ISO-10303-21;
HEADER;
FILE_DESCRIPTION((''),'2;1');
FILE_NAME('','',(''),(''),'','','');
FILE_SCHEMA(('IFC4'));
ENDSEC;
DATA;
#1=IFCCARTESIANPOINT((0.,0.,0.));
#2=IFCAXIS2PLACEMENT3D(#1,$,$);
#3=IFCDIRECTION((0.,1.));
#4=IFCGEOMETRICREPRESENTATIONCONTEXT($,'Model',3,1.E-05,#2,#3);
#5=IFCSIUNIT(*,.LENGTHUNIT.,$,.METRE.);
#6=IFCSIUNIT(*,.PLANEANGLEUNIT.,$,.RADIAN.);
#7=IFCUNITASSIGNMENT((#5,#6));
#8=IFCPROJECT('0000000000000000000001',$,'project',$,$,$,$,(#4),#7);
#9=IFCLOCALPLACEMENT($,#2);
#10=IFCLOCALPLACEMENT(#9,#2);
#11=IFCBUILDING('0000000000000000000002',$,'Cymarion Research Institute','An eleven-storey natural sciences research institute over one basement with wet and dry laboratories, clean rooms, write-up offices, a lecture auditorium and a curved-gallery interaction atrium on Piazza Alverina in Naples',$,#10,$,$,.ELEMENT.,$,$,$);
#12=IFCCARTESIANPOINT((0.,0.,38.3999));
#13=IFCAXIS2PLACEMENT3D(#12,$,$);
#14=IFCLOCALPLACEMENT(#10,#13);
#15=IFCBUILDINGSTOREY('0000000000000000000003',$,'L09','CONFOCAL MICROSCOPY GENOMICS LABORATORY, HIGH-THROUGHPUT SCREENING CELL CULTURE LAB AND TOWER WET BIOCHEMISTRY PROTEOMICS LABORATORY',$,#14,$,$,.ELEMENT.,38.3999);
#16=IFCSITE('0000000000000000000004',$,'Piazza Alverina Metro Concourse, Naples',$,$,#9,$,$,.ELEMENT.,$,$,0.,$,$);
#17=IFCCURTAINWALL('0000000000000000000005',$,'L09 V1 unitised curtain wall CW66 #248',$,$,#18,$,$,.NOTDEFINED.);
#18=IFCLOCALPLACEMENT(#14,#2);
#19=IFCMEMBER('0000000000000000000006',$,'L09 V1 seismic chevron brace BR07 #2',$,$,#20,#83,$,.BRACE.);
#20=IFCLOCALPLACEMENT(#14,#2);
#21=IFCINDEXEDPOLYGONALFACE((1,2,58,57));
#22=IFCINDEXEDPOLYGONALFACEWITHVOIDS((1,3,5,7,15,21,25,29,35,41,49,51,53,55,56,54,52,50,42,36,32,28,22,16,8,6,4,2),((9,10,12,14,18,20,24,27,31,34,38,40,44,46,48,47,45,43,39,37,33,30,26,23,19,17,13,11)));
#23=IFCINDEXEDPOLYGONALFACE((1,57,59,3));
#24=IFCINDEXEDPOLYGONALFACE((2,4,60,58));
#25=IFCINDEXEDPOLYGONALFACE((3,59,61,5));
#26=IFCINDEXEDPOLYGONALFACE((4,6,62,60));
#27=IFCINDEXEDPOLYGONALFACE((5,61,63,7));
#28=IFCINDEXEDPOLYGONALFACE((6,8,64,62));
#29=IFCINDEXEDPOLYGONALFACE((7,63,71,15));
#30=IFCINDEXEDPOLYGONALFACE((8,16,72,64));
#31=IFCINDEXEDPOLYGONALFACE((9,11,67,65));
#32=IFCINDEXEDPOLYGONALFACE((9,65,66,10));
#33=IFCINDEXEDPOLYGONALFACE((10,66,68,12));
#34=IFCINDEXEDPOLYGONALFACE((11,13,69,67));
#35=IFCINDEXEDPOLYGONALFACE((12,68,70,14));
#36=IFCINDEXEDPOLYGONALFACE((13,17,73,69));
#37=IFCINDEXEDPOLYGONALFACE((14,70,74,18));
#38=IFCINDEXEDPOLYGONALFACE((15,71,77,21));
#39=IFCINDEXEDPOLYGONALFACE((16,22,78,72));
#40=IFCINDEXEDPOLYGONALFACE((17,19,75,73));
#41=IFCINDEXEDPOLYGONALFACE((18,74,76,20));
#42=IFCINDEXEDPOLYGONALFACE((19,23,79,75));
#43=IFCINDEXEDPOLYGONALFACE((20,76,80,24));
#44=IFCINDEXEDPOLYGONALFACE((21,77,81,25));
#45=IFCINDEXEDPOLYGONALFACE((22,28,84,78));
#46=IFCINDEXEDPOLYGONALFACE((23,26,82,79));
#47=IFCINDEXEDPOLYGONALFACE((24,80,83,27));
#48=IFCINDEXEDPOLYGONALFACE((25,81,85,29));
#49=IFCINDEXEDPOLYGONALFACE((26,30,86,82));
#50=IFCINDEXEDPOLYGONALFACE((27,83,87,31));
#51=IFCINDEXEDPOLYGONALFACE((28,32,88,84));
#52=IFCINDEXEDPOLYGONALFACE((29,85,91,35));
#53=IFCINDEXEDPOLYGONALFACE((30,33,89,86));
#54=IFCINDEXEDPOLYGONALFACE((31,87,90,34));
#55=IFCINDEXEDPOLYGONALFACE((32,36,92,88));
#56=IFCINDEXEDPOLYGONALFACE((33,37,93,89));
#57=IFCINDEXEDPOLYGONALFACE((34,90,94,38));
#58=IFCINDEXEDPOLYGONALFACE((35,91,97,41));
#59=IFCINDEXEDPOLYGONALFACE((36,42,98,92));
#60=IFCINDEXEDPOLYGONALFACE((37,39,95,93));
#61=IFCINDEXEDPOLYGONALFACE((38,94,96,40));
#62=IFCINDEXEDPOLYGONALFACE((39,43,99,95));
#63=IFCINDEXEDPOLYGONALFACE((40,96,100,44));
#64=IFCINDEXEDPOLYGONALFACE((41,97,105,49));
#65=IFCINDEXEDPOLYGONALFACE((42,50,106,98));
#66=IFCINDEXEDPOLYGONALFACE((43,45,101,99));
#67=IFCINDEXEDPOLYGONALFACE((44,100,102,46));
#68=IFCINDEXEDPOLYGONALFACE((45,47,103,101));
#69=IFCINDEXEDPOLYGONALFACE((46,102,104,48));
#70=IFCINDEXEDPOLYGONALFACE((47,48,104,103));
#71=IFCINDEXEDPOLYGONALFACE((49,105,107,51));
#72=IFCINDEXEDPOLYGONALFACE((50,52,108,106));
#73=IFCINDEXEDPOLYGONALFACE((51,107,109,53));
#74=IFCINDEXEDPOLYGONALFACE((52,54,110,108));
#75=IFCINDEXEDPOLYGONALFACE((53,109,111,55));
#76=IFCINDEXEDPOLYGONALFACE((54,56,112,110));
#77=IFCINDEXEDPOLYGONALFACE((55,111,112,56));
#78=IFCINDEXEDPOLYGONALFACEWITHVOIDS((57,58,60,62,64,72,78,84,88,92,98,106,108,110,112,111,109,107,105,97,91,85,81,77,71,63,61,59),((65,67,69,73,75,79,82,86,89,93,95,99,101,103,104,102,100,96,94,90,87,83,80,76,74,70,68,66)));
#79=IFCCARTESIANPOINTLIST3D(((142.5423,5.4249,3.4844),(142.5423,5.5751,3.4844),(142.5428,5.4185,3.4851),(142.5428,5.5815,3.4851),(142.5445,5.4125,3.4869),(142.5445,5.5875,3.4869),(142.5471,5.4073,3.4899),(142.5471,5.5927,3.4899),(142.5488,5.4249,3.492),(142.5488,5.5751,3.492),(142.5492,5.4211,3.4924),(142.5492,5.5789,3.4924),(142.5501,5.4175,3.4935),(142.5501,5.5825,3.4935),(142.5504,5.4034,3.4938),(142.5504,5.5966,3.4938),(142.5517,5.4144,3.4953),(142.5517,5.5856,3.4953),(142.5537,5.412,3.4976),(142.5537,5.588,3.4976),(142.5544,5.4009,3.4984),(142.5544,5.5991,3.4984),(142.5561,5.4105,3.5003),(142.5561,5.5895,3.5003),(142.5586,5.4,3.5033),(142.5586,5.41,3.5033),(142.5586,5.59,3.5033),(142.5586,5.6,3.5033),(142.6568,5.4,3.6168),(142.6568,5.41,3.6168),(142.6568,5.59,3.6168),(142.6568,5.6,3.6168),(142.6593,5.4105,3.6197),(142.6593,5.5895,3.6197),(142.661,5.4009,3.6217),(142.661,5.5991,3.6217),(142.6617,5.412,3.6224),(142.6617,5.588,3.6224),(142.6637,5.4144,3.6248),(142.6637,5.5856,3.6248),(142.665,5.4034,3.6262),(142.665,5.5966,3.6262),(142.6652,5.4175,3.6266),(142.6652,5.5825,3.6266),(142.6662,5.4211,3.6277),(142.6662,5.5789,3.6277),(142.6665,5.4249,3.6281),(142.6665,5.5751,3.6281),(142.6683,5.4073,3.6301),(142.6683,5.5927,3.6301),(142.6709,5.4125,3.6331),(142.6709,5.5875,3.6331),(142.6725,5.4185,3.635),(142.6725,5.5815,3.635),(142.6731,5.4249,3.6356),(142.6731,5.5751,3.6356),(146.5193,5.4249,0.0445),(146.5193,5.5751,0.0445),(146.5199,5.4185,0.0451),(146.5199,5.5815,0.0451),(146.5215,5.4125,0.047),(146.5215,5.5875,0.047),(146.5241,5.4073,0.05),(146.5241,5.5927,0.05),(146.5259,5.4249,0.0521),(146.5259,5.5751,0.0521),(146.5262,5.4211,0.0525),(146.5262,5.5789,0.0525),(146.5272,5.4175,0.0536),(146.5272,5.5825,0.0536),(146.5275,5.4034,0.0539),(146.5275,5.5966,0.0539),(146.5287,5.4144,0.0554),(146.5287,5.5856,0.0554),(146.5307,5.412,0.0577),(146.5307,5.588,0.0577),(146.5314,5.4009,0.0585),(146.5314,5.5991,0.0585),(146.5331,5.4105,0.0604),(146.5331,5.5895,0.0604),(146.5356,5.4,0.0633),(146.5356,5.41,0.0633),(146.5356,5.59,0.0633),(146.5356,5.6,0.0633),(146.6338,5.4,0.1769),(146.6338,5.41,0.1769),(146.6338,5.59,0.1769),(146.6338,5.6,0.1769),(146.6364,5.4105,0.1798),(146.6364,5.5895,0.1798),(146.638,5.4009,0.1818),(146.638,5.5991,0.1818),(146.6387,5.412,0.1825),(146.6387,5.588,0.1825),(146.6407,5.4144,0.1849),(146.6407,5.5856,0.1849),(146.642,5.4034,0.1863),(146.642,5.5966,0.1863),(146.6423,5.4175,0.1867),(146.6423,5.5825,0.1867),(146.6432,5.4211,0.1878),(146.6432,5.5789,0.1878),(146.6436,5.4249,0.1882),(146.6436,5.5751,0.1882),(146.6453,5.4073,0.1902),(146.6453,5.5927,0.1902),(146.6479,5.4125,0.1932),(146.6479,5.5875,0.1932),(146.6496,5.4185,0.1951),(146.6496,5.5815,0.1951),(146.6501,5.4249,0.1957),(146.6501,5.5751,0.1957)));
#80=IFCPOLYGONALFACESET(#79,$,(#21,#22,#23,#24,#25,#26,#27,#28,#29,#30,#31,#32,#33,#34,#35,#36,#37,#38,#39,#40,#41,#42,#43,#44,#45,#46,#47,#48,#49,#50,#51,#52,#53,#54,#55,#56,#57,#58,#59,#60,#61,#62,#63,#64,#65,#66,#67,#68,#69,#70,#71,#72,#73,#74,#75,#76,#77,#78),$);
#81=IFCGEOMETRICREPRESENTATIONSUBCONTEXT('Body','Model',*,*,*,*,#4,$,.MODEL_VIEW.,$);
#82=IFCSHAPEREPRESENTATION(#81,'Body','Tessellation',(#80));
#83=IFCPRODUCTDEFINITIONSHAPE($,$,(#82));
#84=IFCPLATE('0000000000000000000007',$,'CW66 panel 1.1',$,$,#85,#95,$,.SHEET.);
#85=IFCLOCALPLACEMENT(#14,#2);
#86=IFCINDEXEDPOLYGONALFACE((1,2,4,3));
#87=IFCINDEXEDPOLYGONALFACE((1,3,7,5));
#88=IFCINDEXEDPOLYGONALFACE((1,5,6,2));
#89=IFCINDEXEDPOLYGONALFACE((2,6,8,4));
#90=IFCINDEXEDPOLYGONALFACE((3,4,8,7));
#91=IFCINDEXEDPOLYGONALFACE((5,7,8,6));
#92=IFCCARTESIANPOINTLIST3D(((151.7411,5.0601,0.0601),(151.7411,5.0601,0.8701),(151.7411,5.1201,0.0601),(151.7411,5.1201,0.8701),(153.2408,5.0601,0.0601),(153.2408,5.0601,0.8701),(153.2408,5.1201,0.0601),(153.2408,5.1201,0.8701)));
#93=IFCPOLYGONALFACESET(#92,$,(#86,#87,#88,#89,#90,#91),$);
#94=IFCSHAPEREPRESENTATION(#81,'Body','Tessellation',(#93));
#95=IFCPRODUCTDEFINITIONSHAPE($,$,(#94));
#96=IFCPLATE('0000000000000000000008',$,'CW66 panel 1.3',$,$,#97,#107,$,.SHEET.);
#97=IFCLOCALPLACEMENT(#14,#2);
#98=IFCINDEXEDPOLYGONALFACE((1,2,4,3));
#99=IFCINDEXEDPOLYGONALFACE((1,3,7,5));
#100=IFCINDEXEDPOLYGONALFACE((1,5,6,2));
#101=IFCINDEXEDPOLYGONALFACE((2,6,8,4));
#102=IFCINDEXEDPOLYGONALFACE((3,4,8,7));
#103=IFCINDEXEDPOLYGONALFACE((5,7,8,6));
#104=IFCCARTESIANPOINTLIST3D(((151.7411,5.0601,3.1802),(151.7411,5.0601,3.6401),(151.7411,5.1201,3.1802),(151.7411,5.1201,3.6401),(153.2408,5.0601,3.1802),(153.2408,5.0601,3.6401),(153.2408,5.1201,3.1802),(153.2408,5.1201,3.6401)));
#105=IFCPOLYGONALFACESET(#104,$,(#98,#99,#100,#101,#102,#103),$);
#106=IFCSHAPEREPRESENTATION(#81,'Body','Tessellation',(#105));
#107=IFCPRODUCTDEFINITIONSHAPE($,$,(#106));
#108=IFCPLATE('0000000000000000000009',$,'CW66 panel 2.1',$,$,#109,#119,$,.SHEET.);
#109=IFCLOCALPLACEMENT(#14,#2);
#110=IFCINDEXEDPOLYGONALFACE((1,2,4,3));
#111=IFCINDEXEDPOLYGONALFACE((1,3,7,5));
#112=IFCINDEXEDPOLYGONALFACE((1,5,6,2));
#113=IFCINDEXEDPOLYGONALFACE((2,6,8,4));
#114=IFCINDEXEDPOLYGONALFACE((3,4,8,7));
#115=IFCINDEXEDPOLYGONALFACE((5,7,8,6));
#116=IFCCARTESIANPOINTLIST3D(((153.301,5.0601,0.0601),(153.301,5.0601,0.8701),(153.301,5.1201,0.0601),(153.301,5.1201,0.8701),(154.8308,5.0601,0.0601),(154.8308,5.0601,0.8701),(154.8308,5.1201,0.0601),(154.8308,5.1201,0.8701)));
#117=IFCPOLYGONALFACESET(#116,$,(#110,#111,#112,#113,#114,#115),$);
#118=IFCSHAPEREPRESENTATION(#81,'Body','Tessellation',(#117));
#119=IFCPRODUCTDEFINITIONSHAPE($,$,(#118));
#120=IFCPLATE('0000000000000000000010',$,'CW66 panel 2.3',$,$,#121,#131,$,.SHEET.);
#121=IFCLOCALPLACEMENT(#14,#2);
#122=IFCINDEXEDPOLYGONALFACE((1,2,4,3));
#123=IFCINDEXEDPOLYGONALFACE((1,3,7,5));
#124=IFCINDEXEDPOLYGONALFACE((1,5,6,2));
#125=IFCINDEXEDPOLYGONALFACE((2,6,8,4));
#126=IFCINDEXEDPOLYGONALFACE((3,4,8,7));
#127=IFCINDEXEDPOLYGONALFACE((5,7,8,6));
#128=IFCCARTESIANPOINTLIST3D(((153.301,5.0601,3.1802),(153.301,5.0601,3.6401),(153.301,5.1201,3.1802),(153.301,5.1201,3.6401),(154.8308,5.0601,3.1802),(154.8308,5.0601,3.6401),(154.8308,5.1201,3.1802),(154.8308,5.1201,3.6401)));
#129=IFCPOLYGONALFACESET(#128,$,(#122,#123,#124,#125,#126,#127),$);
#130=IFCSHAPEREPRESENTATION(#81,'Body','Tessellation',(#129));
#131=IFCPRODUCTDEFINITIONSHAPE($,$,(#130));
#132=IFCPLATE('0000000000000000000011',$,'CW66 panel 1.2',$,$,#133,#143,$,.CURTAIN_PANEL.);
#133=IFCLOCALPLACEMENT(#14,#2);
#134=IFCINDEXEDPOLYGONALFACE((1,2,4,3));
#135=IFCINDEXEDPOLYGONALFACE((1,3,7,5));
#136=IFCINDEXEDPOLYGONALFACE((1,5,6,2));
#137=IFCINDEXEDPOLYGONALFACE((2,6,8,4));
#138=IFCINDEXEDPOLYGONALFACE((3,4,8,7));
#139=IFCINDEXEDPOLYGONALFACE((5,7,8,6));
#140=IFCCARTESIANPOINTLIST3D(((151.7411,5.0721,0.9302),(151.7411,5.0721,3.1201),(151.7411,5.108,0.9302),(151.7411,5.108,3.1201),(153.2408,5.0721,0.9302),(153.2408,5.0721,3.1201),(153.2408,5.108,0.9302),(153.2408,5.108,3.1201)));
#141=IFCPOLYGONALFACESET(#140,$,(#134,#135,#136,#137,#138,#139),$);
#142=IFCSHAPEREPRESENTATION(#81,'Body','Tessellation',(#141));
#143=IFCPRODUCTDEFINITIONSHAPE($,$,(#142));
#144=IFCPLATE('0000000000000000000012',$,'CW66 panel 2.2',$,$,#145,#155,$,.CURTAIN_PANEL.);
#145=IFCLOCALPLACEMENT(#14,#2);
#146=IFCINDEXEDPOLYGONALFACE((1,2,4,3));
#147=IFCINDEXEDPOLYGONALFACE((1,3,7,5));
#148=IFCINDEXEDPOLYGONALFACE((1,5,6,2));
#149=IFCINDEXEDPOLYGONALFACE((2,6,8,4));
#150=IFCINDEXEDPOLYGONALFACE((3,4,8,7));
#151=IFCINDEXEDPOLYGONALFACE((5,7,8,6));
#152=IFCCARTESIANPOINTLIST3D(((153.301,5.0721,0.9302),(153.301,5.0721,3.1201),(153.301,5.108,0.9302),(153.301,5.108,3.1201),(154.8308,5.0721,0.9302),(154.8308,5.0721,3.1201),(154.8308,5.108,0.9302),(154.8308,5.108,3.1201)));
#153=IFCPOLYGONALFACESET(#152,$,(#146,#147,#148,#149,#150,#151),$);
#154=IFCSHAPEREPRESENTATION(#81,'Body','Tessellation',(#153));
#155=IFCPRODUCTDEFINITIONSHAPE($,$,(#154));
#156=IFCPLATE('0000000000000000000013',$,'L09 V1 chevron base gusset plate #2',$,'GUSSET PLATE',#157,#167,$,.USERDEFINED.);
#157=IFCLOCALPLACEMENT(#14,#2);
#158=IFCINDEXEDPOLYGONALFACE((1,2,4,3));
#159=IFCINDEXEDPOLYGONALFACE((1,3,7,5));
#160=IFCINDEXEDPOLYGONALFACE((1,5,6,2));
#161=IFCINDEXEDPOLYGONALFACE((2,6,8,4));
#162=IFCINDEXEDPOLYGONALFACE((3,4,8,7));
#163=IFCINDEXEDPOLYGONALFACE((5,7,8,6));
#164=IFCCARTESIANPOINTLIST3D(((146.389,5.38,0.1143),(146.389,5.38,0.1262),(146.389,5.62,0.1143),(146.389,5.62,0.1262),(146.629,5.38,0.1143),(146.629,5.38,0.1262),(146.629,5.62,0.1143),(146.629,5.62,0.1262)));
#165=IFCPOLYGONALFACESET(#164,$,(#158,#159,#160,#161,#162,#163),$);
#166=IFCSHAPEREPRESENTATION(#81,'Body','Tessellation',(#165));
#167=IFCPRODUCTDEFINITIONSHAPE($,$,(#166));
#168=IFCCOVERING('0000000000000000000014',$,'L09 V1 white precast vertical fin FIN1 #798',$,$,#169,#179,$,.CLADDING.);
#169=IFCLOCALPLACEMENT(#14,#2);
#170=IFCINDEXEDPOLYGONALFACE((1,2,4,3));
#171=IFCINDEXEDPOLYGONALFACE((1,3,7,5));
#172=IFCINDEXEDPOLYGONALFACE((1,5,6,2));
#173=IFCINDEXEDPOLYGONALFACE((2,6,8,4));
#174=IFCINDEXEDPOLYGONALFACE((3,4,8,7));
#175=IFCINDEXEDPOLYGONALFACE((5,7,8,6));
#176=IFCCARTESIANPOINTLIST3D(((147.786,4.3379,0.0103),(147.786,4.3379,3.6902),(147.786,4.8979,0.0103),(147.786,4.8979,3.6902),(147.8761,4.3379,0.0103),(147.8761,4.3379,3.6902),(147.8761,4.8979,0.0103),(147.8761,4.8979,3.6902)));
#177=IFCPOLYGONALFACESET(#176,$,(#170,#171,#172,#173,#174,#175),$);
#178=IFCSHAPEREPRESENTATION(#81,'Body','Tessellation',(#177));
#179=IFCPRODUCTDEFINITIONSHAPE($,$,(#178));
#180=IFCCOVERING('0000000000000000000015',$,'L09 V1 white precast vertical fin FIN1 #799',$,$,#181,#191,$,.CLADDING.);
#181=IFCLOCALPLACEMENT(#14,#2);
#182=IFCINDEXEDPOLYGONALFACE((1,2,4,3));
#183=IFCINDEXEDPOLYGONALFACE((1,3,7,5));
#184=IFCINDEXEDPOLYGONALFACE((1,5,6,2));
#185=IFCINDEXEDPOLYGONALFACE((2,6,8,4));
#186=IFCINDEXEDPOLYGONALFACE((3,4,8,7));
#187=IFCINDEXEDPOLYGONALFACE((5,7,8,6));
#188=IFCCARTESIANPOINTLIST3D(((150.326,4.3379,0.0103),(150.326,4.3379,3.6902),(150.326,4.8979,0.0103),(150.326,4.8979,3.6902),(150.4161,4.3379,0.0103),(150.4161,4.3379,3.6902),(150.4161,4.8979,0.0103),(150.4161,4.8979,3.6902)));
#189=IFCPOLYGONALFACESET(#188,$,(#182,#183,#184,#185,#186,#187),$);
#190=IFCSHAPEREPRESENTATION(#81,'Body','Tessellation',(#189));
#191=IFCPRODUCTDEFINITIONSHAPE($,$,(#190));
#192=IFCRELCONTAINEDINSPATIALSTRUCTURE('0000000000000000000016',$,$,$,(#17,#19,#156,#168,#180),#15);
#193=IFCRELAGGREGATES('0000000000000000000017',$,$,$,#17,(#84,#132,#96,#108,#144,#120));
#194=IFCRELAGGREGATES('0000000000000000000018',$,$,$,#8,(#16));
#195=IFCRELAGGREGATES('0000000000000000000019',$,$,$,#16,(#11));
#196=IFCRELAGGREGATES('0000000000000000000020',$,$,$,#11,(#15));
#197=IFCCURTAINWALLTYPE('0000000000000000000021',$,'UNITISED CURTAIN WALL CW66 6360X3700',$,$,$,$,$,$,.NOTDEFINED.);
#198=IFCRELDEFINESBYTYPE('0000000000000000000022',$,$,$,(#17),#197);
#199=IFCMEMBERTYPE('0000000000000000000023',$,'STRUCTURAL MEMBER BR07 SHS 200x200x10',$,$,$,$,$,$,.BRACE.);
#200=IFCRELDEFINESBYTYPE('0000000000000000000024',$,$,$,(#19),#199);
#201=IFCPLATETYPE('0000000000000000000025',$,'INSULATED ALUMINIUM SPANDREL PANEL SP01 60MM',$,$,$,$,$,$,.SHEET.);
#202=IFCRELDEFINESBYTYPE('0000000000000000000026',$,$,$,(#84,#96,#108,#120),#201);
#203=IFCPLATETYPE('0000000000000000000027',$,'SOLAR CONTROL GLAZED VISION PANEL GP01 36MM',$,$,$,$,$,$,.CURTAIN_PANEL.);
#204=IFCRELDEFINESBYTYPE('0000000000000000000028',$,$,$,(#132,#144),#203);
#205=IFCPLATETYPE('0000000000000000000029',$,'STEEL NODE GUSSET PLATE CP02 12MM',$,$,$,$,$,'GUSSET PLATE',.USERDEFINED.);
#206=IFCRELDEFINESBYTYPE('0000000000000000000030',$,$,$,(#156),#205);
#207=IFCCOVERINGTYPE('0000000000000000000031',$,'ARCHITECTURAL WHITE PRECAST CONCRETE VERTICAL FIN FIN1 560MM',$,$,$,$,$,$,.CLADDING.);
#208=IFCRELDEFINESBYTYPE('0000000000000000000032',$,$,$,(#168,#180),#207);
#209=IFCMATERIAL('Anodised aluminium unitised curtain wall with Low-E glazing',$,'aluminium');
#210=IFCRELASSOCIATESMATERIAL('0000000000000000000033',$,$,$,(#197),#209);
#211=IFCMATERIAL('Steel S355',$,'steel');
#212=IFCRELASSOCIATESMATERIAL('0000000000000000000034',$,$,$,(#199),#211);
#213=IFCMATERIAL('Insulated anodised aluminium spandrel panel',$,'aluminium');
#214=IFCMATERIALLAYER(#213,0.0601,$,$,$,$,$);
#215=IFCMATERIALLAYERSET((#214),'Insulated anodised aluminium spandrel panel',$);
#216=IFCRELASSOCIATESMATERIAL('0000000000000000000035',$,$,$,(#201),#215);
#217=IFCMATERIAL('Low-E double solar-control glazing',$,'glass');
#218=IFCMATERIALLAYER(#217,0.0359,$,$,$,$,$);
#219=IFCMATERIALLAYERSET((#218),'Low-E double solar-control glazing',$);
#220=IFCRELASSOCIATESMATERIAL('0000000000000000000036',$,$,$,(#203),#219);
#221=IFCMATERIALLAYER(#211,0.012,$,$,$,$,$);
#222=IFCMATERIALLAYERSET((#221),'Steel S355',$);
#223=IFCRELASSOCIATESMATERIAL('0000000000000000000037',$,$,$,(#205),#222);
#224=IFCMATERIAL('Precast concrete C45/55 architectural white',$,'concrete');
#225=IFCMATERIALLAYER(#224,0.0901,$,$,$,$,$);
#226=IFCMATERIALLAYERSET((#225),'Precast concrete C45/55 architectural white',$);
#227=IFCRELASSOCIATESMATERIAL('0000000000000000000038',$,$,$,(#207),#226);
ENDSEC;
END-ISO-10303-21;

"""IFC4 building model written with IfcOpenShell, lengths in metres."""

from ifc_helpers import new_model, si_unit, direction, frame, origin, origin_2d, place, context, subcontext, project, spatial, rectangle, hollow_rectangle, extrude, material, layer, layer_set, material_profile, profile_set, type_object, element, aggregate, save


model = new_model("IFC4")

# Units and contexts
model_context = context("Model", 3, precision=1e-05, world=origin(), true_north=direction((0.0, 1.0)))
body_context = subcontext(model_context, "Body", "Model", "MODEL_VIEW")
ifc_project = project(units=[si_unit("LENGTHUNIT", "METRE"), si_unit("PLANEANGLEUNIT", "RADIAN")], contexts=[model_context])

# Site, building, storey
site_placement = place(None, origin())
site = spatial("IfcSite", under=ifc_project, at=site_placement, Name="Piazza Alverina Metro Concourse, Naples", CompositionType="ELEMENT", RefElevation=0.0)
building_placement = place(site_placement, origin())
building = spatial("IfcBuilding", under=site, at=building_placement, Name="Cymarion Research Institute", Description="An eleven-storey natural sciences research institute over one basement with wet and dry laboratories, clean rooms, write-up offices, a lecture auditorium and a curved-gallery interaction atrium on Piazza Alverina in Naples", CompositionType="ELEMENT")
storey_placement = place(building_placement, frame((0.0, 0.0, 38.3999)))
storey = spatial("IfcBuildingStorey", under=building, at=storey_placement, Name="L09", Description="CONFOCAL MICROSCOPY GENOMICS LABORATORY, HIGH-THROUGHPUT SCREENING CELL CULTURE LAB AND TOWER WET BIOCHEMISTRY PROTEOMICS LABORATORY", CompositionType="ELEMENT", Elevation=38.3999)

# Shared definitions
ifc_material_1 = material(Name="Steel S355", Category="steel")

# Curtain wall
ifc_material_2 = material(Name="Anodised aluminium unitised curtain wall with Low-E glazing", Category="aluminium")
curtain_wall_type = type_object("IfcCurtainWallType", Name="UNITISED CURTAIN WALL CW66 6360X3700", PredefinedType="NOTDEFINED", material=ifc_material_2)
curtain_wall_placement = place(storey_placement, origin())
curtain_wall = element("IfcCurtainWall", 1, at=curtain_wall_placement, inside=storey, type_object=curtain_wall_type, Name="L09 V1 unitised curtain wall CW66 #248", PredefinedType="NOTDEFINED")

# Member
ifc_material_profile_1 = material_profile(ifc_material_1, hollow_rectangle(XDim=0.2, YDim=0.2, WallThickness=0.01, InnerFilletRadius=0.0149, OuterFilletRadius=0.0249, at=origin_2d()), Name="SHS 200x200x10")
ifc_profile_set_1 = profile_set([ifc_material_profile_1], Name="Steel S355")
member_type_1 = type_object("IfcMemberType", Name="STRUCTURAL MEMBER BR07 SHS 200x200x10", PredefinedType="BRACE", material=ifc_profile_set_1)
member_1_placement = place(storey_placement, frame((146.5847, 5.5, 0.1201), z_axis=(-0.756332, 0.0, 0.654188), x_axis=(0.0, -1.0, 0.0)))
element("IfcMember", 2, at=member_1_placement, inside=storey, type_object=member_type_1, Name="L09 V1 seismic chevron brace BR07 #2", PredefinedType="BRACE", context=body_context, shape_type="SweptSolid", body=[
    extrude(hollow_rectangle(XDim=0.2, YDim=0.2, WallThickness=0.01, InnerFilletRadius=0.0149, OuterFilletRadius=0.0249, at=origin_2d()), origin(), (0.0, 0.0, 1.0), 5.2583),
])

# Plates
ifc_material_3 = material(Name="Insulated anodised aluminium spandrel panel", Category="aluminium")
ifc_layer_1 = layer(ifc_material_3, 0.0601)
ifc_layer_set_1 = layer_set([ifc_layer_1], Name="Insulated anodised aluminium spandrel panel")
plate_type_1 = type_object("IfcPlateType", Name="INSULATED ALUMINIUM SPANDREL PANEL SP01 60MM", PredefinedType="SHEET", material=ifc_layer_set_1)
plate_1_placement = place(storey_placement, frame((152.491, 5.0901, 0.0601), z_axis=(0.0, 0.0, 1.0), x_axis=(1.0, 0.0, 0.0)))
plate_1 = element("IfcPlate", 3, at=plate_1_placement, type_object=plate_type_1, Name="CW66 panel 1.1", PredefinedType="SHEET", context=body_context, shape_type="SweptSolid", body=[
    extrude(rectangle(XDim=1.4998, YDim=0.0601, at=origin_2d()), origin(), (0.0, 0.0, 1.0), 0.8101),
])
plate_2_placement = place(storey_placement, frame((152.491, 5.0901, 3.1802), z_axis=(0.0, 0.0, 1.0), x_axis=(1.0, 0.0, 0.0)))
plate_2 = element("IfcPlate", 4, at=plate_2_placement, type_object=plate_type_1, Name="CW66 panel 1.3", PredefinedType="SHEET", context=body_context, shape_type="SweptSolid", body=[
    extrude(rectangle(XDim=1.4998, YDim=0.0601, at=origin_2d()), origin(), (0.0, 0.0, 1.0), 0.46),
])
plate_3_placement = place(storey_placement, frame((154.0659, 5.0901, 0.0601), z_axis=(0.0, 0.0, 1.0), x_axis=(1.0, 0.0, 0.0)))
plate_3 = element("IfcPlate", 5, at=plate_3_placement, type_object=plate_type_1, Name="CW66 panel 2.1", PredefinedType="SHEET", context=body_context, shape_type="SweptSolid", body=[
    extrude(rectangle(XDim=1.5298, YDim=0.0601, at=origin_2d()), origin(), (0.0, 0.0, 1.0), 0.8101),
])
plate_4_placement = place(storey_placement, frame((154.0659, 5.0901, 3.1802), z_axis=(0.0, 0.0, 1.0), x_axis=(1.0, 0.0, 0.0)))
plate_4 = element("IfcPlate", 6, at=plate_4_placement, type_object=plate_type_1, Name="CW66 panel 2.3", PredefinedType="SHEET", context=body_context, shape_type="SweptSolid", body=[
    extrude(rectangle(XDim=1.5298, YDim=0.0601, at=origin_2d()), origin(), (0.0, 0.0, 1.0), 0.46),
])
ifc_material_4 = material(Name="Low-E double solar-control glazing", Category="glass")
ifc_layer_2 = layer(ifc_material_4, 0.0359)
ifc_layer_set_2 = layer_set([ifc_layer_2], Name="Low-E double solar-control glazing")
plate_type_2 = type_object("IfcPlateType", Name="SOLAR CONTROL GLAZED VISION PANEL GP01 36MM", PredefinedType="CURTAIN_PANEL", material=ifc_layer_set_2)
plate_5_placement = place(storey_placement, frame((152.491, 5.0901, 0.9302), z_axis=(0.0, 0.0, 1.0), x_axis=(1.0, 0.0, 0.0)))
plate_5 = element("IfcPlate", 7, at=plate_5_placement, type_object=plate_type_2, Name="CW66 panel 1.2", PredefinedType="CURTAIN_PANEL", context=body_context, shape_type="SweptSolid", body=[
    extrude(rectangle(XDim=1.4998, YDim=0.0359, at=origin_2d()), origin(), (0.0, 0.0, 1.0), 2.1899),
])
plate_6_placement = place(storey_placement, frame((154.0659, 5.0901, 0.9302), z_axis=(0.0, 0.0, 1.0), x_axis=(1.0, 0.0, 0.0)))
plate_6 = element("IfcPlate", 8, at=plate_6_placement, type_object=plate_type_2, Name="CW66 panel 2.2", PredefinedType="CURTAIN_PANEL", context=body_context, shape_type="SweptSolid", body=[
    extrude(rectangle(XDim=1.5298, YDim=0.0359, at=origin_2d()), origin(), (0.0, 0.0, 1.0), 2.1899),
])
aggregate(curtain_wall, [plate_1, plate_5, plate_2, plate_3, plate_6, plate_4])
ifc_layer_3 = layer(ifc_material_1, 0.012)
ifc_layer_set_3 = layer_set([ifc_layer_3], Name="Steel S355")
plate_type_3 = type_object("IfcPlateType", Name="STEEL NODE GUSSET PLATE CP02 12MM", ElementType="GUSSET PLATE", PredefinedType="USERDEFINED", material=ifc_layer_set_3)
plate_7_placement = place(storey_placement, frame((146.509, 5.5, 0.1143), z_axis=(0.0, 0.0, 1.0), x_axis=(1.0, 0.0, 0.0)))
element("IfcPlate", 9, at=plate_7_placement, inside=storey, type_object=plate_type_3, Name="L09 V1 chevron base gusset plate #2", ObjectType="GUSSET PLATE", PredefinedType="USERDEFINED", context=body_context, shape_type="SweptSolid", body=[
    extrude(rectangle(XDim=0.24, YDim=0.24, at=origin_2d()), origin(), (0.0, 0.0, 1.0), 0.012),
])

# Coverings
ifc_material_5 = material(Name="Precast concrete C45/55 architectural white", Category="concrete")
ifc_layer_4 = layer(ifc_material_5, 0.0901)
ifc_layer_set_4 = layer_set([ifc_layer_4], Name="Precast concrete C45/55 architectural white")
covering_type = type_object("IfcCoveringType", Name="ARCHITECTURAL WHITE PRECAST CONCRETE VERTICAL FIN FIN1 560MM", PredefinedType="CLADDING", material=ifc_layer_set_4)
for number, where, z_axis, x_axis, name in (
    (10, (147.8311, 4.6179, 0.0103), (0.0, 0.0, 1.0), (0.0, -1.0, 0.0), "L09 V1 white precast vertical fin FIN1 #798"),
    (11, (150.3711, 4.6179, 0.0103), (0.0, 0.0, 1.0), (0.0, -1.0, 0.0), "L09 V1 white precast vertical fin FIN1 #799"),
):
    element("IfcCovering", number, at=place(storey_placement, frame(where, z_axis=z_axis, x_axis=x_axis)), inside=storey, type_object=covering_type, Name=name, PredefinedType="CLADDING", context=body_context, shape_type="SweptSolid", body=[
        extrude(rectangle(XDim=0.5601, YDim=0.0901, at=origin_2d()), origin(), (0.0, 0.0, 1.0), 3.6799),
    ])

save(model, "model.ifc")
